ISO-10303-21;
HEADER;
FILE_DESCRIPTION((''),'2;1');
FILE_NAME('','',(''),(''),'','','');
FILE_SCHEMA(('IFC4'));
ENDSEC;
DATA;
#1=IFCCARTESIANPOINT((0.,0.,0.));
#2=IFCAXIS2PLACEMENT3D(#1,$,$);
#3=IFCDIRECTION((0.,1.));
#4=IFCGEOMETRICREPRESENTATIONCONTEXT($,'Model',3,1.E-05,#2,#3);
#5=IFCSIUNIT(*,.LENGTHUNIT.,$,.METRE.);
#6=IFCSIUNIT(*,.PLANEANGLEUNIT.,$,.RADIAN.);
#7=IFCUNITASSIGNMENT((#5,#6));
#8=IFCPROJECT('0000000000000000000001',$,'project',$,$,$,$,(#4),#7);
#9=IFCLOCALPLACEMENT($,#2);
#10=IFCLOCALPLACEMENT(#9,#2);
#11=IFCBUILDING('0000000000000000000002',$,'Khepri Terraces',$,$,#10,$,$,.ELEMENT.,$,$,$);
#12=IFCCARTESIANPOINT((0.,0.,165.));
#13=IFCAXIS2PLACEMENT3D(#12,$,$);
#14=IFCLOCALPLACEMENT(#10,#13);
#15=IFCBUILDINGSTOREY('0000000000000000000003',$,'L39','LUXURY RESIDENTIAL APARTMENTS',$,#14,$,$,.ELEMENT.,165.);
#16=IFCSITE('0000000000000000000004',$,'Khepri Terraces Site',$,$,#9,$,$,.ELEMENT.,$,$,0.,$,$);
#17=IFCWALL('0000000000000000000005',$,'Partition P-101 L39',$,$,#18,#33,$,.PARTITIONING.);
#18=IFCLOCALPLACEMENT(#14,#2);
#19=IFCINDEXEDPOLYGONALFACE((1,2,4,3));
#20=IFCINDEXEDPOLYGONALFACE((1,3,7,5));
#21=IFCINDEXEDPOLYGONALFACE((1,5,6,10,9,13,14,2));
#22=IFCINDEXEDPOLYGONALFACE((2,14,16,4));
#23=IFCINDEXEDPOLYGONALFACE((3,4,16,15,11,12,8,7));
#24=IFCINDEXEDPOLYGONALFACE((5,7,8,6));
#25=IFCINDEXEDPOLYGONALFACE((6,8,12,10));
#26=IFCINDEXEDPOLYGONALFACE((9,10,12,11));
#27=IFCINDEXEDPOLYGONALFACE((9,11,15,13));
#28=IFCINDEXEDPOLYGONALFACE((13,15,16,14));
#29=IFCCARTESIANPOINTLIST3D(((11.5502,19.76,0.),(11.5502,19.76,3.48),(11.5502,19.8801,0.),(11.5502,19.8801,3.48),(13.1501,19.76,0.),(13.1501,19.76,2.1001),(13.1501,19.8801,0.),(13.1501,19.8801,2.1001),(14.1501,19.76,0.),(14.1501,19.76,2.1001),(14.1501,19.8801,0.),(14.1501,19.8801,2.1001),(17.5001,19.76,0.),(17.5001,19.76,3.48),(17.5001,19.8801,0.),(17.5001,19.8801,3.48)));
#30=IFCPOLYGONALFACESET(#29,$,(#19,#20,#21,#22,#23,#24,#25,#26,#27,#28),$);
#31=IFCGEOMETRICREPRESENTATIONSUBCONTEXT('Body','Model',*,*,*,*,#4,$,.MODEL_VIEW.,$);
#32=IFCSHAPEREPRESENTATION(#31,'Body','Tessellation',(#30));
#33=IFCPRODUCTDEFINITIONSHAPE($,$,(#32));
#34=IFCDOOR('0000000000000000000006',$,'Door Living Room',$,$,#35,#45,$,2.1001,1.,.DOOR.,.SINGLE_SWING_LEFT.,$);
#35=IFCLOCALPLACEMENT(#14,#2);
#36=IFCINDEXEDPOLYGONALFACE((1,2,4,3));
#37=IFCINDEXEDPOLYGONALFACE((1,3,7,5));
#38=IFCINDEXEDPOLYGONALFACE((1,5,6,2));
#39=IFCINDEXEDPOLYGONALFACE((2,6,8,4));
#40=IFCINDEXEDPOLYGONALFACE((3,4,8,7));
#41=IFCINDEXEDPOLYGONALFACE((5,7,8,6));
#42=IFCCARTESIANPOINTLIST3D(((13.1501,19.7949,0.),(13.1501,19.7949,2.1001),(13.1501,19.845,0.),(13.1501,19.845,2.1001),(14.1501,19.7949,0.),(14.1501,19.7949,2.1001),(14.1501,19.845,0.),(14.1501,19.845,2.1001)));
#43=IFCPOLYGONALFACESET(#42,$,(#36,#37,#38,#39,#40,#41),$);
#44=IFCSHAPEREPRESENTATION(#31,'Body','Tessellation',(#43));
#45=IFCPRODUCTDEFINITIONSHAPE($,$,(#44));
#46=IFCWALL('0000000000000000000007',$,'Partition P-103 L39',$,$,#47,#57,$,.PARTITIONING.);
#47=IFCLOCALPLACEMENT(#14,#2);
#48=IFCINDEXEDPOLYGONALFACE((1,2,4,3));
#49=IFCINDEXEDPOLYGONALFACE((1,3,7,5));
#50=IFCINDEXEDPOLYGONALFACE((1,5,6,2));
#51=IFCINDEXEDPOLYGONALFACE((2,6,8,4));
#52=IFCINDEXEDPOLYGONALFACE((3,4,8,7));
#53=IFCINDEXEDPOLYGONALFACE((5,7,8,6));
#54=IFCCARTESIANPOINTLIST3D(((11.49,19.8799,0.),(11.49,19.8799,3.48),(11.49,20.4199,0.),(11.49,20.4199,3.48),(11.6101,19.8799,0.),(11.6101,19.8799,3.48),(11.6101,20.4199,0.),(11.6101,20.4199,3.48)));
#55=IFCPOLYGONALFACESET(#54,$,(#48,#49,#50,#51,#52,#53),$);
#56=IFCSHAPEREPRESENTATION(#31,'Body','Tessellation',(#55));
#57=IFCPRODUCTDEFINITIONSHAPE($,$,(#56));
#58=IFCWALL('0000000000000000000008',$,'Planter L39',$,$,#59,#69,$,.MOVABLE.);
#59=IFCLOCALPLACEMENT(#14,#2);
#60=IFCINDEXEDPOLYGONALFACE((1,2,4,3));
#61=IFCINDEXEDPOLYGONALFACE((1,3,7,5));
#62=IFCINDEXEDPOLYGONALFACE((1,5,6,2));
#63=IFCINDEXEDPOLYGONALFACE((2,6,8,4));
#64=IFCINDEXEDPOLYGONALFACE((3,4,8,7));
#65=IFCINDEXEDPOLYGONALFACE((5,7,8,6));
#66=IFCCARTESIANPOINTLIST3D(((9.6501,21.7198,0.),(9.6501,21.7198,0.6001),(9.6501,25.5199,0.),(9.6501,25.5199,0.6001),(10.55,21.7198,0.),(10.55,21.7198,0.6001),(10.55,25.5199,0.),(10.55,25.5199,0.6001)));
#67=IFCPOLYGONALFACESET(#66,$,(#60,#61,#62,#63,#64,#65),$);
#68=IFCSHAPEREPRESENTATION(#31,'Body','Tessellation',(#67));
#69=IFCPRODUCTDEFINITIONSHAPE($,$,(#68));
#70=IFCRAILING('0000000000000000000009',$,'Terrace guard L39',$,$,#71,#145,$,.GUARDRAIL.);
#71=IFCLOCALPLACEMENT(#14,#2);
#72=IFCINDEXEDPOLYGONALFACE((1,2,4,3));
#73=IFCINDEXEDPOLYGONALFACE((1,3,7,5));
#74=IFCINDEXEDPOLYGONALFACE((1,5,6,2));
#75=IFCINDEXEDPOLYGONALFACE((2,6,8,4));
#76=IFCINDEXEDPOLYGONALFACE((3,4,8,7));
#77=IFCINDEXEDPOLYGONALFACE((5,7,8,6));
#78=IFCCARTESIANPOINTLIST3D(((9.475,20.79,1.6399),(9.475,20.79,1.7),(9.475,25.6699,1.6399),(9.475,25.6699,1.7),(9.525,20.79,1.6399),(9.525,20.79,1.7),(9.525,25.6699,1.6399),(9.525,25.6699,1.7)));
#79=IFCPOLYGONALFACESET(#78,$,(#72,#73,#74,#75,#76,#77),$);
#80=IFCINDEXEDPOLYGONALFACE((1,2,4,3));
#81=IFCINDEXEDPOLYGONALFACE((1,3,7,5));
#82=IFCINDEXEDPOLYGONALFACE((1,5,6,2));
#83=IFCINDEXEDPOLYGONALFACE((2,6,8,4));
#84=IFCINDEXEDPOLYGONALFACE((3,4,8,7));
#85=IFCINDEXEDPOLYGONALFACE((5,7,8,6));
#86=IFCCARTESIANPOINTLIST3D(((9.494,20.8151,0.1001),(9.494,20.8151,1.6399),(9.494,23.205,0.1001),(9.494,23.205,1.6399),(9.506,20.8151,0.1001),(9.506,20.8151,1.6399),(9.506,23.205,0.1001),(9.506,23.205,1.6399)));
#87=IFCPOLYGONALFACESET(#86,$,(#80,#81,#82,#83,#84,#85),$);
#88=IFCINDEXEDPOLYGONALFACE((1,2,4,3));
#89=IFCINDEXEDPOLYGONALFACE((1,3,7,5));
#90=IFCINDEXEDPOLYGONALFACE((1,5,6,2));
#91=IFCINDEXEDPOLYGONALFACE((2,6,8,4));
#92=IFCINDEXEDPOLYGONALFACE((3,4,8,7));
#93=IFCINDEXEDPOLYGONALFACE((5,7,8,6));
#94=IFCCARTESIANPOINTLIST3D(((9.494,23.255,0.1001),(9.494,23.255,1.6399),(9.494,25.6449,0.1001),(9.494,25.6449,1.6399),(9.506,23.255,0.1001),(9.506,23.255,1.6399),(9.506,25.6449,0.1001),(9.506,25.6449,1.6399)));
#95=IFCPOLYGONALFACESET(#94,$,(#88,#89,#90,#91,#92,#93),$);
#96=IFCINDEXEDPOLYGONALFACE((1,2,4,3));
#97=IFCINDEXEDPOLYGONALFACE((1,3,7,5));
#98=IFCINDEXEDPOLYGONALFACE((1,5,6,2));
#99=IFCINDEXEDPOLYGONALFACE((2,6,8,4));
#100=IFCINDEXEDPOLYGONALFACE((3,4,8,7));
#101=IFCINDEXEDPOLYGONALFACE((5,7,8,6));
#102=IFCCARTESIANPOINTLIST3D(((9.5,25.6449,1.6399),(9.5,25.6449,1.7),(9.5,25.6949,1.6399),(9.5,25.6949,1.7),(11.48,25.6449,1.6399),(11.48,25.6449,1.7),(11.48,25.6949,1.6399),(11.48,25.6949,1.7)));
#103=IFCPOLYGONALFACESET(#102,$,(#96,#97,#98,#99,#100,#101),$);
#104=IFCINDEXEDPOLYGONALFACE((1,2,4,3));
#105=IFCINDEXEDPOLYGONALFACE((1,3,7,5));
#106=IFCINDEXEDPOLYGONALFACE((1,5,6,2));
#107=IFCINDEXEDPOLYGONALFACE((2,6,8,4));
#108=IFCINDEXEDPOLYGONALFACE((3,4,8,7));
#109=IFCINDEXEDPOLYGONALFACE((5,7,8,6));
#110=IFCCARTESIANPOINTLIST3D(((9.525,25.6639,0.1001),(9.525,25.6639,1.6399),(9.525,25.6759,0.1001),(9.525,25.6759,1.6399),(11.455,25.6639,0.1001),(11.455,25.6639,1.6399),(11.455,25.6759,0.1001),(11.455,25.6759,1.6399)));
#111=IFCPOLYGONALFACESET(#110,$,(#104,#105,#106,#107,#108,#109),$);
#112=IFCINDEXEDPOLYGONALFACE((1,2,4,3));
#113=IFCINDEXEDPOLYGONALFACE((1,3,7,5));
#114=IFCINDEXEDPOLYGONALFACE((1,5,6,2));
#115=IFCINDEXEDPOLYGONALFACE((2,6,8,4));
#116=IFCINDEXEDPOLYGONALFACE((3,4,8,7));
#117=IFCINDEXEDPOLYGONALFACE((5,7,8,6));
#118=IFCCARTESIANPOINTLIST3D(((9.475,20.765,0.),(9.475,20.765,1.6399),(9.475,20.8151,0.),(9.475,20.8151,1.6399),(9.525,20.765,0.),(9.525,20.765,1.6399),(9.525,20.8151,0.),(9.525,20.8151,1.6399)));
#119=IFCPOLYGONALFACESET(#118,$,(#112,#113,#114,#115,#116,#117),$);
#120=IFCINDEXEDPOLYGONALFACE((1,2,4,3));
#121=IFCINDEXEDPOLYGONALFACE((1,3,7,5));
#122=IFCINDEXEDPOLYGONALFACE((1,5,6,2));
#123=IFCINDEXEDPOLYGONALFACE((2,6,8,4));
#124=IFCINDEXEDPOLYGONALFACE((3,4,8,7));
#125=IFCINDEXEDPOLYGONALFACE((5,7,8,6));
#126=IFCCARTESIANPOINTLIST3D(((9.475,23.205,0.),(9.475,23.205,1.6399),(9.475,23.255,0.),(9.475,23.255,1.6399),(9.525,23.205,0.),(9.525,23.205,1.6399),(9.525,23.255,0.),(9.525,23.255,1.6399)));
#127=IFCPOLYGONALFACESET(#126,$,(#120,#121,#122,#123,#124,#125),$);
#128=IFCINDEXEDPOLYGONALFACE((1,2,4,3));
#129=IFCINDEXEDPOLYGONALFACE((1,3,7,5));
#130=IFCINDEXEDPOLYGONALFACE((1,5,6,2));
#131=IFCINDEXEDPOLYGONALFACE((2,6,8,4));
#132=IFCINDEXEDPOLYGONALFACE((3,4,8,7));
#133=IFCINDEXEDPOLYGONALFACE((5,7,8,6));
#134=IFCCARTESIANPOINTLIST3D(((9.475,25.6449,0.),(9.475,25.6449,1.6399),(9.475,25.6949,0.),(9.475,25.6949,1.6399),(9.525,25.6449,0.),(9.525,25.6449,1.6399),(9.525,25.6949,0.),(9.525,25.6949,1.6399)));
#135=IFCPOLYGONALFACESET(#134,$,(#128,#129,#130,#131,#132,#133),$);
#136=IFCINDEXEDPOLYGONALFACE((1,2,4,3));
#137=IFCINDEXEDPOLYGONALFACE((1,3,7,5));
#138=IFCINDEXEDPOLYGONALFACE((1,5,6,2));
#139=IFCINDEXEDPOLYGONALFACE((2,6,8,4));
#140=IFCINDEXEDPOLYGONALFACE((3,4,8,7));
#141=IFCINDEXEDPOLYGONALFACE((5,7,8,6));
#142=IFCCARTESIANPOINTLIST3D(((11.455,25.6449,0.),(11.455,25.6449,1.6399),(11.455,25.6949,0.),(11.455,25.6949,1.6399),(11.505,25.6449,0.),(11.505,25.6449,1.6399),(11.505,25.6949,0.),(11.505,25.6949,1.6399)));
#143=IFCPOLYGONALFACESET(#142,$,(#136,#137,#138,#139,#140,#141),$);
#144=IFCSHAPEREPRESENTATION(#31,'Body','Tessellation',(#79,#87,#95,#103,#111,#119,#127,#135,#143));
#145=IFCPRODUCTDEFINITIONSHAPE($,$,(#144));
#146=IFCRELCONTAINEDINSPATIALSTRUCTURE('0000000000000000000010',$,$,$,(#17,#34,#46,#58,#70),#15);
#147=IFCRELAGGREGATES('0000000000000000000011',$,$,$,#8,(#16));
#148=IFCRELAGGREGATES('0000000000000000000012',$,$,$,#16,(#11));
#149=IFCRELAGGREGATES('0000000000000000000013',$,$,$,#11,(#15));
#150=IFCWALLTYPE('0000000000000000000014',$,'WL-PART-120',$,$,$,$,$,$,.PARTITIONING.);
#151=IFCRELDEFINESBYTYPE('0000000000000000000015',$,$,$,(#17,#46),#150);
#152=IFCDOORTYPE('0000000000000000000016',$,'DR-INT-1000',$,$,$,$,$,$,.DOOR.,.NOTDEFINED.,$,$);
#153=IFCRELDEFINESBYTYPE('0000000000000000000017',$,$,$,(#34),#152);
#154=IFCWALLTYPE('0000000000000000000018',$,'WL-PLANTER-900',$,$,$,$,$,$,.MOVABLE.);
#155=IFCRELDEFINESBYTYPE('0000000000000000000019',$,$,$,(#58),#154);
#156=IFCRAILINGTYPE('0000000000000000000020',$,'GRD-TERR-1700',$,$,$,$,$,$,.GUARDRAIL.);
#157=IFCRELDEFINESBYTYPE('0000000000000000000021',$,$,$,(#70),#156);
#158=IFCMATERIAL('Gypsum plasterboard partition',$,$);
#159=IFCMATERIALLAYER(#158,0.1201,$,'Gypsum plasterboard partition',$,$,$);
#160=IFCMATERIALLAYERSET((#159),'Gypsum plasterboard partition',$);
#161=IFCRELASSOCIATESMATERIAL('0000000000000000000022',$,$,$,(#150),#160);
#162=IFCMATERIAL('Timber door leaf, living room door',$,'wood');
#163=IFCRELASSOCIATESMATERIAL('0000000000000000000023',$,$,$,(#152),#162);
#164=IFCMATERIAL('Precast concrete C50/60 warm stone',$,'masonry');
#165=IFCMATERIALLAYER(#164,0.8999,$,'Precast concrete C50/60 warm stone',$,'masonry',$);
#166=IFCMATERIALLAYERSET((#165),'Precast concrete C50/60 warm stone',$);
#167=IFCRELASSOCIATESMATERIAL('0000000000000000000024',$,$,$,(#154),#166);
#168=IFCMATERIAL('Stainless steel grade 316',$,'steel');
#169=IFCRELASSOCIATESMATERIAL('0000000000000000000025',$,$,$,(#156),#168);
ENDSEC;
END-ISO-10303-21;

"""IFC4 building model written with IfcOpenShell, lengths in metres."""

from ifc_helpers import new_model, si_unit, direction, frame, frame_2d, origin, origin_2d, place, context, subcontext, project, spatial, rectangle, extrude, material, layer, layer_set, type_object, element, fill, save


model = new_model("IFC4")

# Units and contexts
model_context = context("Model", 3, precision=1e-05, world=origin(), true_north=direction((0.0, 1.0)))
body_context = subcontext(model_context, "Body", "Model", "MODEL_VIEW")
ifc_project = project(units=[si_unit("LENGTHUNIT", "METRE"), si_unit("PLANEANGLEUNIT", "RADIAN")], contexts=[model_context])

# Site, building, storey
site_placement = place(None, origin())
site = spatial("IfcSite", under=ifc_project, at=site_placement, Name="Khepri Terraces Site", CompositionType="ELEMENT", RefElevation=0.0)
building_placement = place(site_placement, origin())
building = spatial("IfcBuilding", under=site, at=building_placement, Name="Khepri Terraces", CompositionType="ELEMENT")
storey_placement = place(building_placement, frame((0.0, 0.0, 165.0)))
storey = spatial("IfcBuildingStorey", under=building, at=storey_placement, Name="L39", Description="LUXURY RESIDENTIAL APARTMENTS", CompositionType="ELEMENT", Elevation=165.0)

# Shared definitions
ifc_material_1 = material(Name="Precast concrete C50/60 warm stone", Category="masonry")

# Shared definitions
ifc_material_2 = material(Name="Gypsum plasterboard partition")
ifc_layer_1 = layer(ifc_material_2, 0.1201, Name="Gypsum plasterboard partition")
ifc_layer_set_1 = layer_set([ifc_layer_1], Name="Gypsum plasterboard partition")
wall_type_1 = type_object("IfcWallType", Name="WL-PART-120", PredefinedType="PARTITIONING", material=ifc_layer_set_1)

# Wall, opening, door
ifc_material_3 = material(Name="Timber door leaf, living room door", Category="wood")
door_type_1 = type_object("IfcDoorType", Name="DR-INT-1000", OperationType="NOTDEFINED", PredefinedType="DOOR", material=ifc_material_3)
wall_1_placement = place(storey_placement, frame((11.55, 19.8201, 0.0), z_axis=(0.0, 0.0, 1.0), x_axis=(1.0, 0.0, 0.0)))
wall_1 = element("IfcWall", 1, at=wall_1_placement, inside=storey, type_object=wall_type_1, Name="Partition P-101 L39", PredefinedType="PARTITIONING", context=body_context, shape_type="SweptSolid", body=[
    extrude(rectangle(XDim=5.95, YDim=0.1201, at=frame_2d((2.9751, 0.0))), origin(), (0.0, 0.0, 1.0), 3.48),
])
opening_1_placement = place(wall_1_placement, frame((1.6001, 0.0, 0.0)))
opening_1 = element("IfcOpeningElement", 2, at=opening_1_placement, cuts=wall_1, PredefinedType="OPENING", context=body_context, shape_type="SweptSolid", body=[
    extrude(rectangle(XDim=1.0, YDim=2.1001, at=frame_2d((0.5, 1.05))), frame((0.0, 0.0701, 0.0), z_axis=(0.0, -1.0, 0.0), x_axis=(1.0, 0.0, 0.0)), (0.0, 0.0, 1.0), 0.1401),
])
door_1_placement = place(opening_1_placement, origin())
door_1 = element("IfcDoor", 3, at=door_1_placement, inside=storey, type_object=door_type_1, Name="Door Living Room", OperationType="SINGLE_SWING_LEFT", OverallHeight=2.1001, OverallWidth=1.0, PredefinedType="DOOR", context=body_context, shape_type="SweptSolid", body=[
    extrude(rectangle(XDim=1.0, YDim=2.1001, at=frame_2d((0.5, 1.05))), frame((0.0, 0.0249, 0.0), z_axis=(0.0, -1.0, 0.0), x_axis=(1.0, 0.0, 0.0)), (0.0, 0.0, 1.0), 0.05),
])
fill(opening_1, door_1)

# Walls
wall_2_placement = place(storey_placement, frame((11.55, 19.8799, 0.0), z_axis=(0.0, 0.0, 1.0), x_axis=(0.0, 1.0, 0.0)))
element("IfcWall", 4, at=wall_2_placement, inside=storey, type_object=wall_type_1, Name="Partition P-103 L39", PredefinedType="PARTITIONING", context=body_context, shape_type="SweptSolid", body=[
    extrude(rectangle(XDim=0.54, YDim=0.1201, at=frame_2d((0.27, 0.0))), origin(), (0.0, 0.0, 1.0), 3.48),
])
ifc_layer_2 = layer(ifc_material_1, 0.8999, Name="Precast concrete C50/60 warm stone", Category="masonry")
ifc_layer_set_2 = layer_set([ifc_layer_2], Name="Precast concrete C50/60 warm stone")
wall_type_2 = type_object("IfcWallType", Name="WL-PLANTER-900", PredefinedType="MOVABLE", material=ifc_layer_set_2)
wall_3_placement = place(storey_placement, frame((10.1001, 21.72, 0.0), z_axis=(0.0, 0.0, 1.0), x_axis=(0.0, 1.0, 0.0)))
element("IfcWall", 5, at=wall_3_placement, inside=storey, type_object=wall_type_2, Name="Planter L39", PredefinedType="MOVABLE", context=body_context, shape_type="SweptSolid", body=[
    extrude(rectangle(XDim=3.8, YDim=0.8999, at=frame_2d((1.8999, 0.0))), origin(), (0.0, 0.0, 1.0), 0.6001),
])

# Railing
ifc_material_4 = material(Name="Stainless steel grade 316", Category="steel")
railing_type = type_object("IfcRailingType", Name="GRD-TERR-1700", PredefinedType="GUARDRAIL", material=ifc_material_4)
railing_placement = place(storey_placement, frame((9.5, 20.79, 0.0)))
element("IfcRailing", 6, at=railing_placement, inside=storey, type_object=railing_type, Name="Terrace guard L39", PredefinedType="GUARDRAIL", context=body_context, shape_type="SweptSolid", body=[
    extrude(rectangle(XDim=0.05, YDim=0.0601, at=origin_2d()), frame((0.0, 0.0, 1.6699), z_axis=(0.0, 1.0, 0.0), x_axis=(-1.0, 0.0, 0.0)), (0.0, 0.0, 1.0), 4.8799),
    extrude(rectangle(XDim=2.3899, YDim=0.012, at=origin_2d()), frame((0.0, 1.22, 0.1001), z_axis=(0.0, 0.0, 1.0), x_axis=(0.0, 1.0, 0.0)), (0.0, 0.0, 1.0), 1.5398),
    extrude(rectangle(XDim=2.3899, YDim=0.012, at=origin_2d()), frame((0.0, 3.6599, 0.1001), z_axis=(0.0, 0.0, 1.0), x_axis=(0.0, 1.0, 0.0)), (0.0, 0.0, 1.0), 1.5398),
    extrude(rectangle(XDim=0.05, YDim=0.0601, at=origin_2d()), frame((0.0, 4.8799, 1.6699), z_axis=(1.0, 0.0, 0.0), x_axis=(0.0, 1.0, 0.0)), (0.0, 0.0, 1.0), 1.98),
    extrude(rectangle(XDim=1.9299, YDim=0.012, at=origin_2d()), frame((0.99, 4.8799, 0.1001), z_axis=(0.0, 0.0, 1.0), x_axis=(1.0, 0.0, 0.0)), (0.0, 0.0, 1.0), 1.5398),
    extrude(rectangle(XDim=0.05, YDim=0.05, at=origin_2d()), origin(), (0.0, 0.0, 1.0), 1.6399),
    extrude(rectangle(XDim=0.05, YDim=0.05, at=origin_2d()), frame((0.0, 2.4399, 0.0)), (0.0, 0.0, 1.0), 1.6399),
    extrude(rectangle(XDim=0.05, YDim=0.05, at=origin_2d()), frame((0.0, 4.8799, 0.0)), (0.0, 0.0, 1.0), 1.6399),
    extrude(rectangle(XDim=0.05, YDim=0.05, at=origin_2d()), frame((1.98, 4.8799, 0.0)), (0.0, 0.0, 1.0), 1.6399),
])

save(model, "model.ifc")
